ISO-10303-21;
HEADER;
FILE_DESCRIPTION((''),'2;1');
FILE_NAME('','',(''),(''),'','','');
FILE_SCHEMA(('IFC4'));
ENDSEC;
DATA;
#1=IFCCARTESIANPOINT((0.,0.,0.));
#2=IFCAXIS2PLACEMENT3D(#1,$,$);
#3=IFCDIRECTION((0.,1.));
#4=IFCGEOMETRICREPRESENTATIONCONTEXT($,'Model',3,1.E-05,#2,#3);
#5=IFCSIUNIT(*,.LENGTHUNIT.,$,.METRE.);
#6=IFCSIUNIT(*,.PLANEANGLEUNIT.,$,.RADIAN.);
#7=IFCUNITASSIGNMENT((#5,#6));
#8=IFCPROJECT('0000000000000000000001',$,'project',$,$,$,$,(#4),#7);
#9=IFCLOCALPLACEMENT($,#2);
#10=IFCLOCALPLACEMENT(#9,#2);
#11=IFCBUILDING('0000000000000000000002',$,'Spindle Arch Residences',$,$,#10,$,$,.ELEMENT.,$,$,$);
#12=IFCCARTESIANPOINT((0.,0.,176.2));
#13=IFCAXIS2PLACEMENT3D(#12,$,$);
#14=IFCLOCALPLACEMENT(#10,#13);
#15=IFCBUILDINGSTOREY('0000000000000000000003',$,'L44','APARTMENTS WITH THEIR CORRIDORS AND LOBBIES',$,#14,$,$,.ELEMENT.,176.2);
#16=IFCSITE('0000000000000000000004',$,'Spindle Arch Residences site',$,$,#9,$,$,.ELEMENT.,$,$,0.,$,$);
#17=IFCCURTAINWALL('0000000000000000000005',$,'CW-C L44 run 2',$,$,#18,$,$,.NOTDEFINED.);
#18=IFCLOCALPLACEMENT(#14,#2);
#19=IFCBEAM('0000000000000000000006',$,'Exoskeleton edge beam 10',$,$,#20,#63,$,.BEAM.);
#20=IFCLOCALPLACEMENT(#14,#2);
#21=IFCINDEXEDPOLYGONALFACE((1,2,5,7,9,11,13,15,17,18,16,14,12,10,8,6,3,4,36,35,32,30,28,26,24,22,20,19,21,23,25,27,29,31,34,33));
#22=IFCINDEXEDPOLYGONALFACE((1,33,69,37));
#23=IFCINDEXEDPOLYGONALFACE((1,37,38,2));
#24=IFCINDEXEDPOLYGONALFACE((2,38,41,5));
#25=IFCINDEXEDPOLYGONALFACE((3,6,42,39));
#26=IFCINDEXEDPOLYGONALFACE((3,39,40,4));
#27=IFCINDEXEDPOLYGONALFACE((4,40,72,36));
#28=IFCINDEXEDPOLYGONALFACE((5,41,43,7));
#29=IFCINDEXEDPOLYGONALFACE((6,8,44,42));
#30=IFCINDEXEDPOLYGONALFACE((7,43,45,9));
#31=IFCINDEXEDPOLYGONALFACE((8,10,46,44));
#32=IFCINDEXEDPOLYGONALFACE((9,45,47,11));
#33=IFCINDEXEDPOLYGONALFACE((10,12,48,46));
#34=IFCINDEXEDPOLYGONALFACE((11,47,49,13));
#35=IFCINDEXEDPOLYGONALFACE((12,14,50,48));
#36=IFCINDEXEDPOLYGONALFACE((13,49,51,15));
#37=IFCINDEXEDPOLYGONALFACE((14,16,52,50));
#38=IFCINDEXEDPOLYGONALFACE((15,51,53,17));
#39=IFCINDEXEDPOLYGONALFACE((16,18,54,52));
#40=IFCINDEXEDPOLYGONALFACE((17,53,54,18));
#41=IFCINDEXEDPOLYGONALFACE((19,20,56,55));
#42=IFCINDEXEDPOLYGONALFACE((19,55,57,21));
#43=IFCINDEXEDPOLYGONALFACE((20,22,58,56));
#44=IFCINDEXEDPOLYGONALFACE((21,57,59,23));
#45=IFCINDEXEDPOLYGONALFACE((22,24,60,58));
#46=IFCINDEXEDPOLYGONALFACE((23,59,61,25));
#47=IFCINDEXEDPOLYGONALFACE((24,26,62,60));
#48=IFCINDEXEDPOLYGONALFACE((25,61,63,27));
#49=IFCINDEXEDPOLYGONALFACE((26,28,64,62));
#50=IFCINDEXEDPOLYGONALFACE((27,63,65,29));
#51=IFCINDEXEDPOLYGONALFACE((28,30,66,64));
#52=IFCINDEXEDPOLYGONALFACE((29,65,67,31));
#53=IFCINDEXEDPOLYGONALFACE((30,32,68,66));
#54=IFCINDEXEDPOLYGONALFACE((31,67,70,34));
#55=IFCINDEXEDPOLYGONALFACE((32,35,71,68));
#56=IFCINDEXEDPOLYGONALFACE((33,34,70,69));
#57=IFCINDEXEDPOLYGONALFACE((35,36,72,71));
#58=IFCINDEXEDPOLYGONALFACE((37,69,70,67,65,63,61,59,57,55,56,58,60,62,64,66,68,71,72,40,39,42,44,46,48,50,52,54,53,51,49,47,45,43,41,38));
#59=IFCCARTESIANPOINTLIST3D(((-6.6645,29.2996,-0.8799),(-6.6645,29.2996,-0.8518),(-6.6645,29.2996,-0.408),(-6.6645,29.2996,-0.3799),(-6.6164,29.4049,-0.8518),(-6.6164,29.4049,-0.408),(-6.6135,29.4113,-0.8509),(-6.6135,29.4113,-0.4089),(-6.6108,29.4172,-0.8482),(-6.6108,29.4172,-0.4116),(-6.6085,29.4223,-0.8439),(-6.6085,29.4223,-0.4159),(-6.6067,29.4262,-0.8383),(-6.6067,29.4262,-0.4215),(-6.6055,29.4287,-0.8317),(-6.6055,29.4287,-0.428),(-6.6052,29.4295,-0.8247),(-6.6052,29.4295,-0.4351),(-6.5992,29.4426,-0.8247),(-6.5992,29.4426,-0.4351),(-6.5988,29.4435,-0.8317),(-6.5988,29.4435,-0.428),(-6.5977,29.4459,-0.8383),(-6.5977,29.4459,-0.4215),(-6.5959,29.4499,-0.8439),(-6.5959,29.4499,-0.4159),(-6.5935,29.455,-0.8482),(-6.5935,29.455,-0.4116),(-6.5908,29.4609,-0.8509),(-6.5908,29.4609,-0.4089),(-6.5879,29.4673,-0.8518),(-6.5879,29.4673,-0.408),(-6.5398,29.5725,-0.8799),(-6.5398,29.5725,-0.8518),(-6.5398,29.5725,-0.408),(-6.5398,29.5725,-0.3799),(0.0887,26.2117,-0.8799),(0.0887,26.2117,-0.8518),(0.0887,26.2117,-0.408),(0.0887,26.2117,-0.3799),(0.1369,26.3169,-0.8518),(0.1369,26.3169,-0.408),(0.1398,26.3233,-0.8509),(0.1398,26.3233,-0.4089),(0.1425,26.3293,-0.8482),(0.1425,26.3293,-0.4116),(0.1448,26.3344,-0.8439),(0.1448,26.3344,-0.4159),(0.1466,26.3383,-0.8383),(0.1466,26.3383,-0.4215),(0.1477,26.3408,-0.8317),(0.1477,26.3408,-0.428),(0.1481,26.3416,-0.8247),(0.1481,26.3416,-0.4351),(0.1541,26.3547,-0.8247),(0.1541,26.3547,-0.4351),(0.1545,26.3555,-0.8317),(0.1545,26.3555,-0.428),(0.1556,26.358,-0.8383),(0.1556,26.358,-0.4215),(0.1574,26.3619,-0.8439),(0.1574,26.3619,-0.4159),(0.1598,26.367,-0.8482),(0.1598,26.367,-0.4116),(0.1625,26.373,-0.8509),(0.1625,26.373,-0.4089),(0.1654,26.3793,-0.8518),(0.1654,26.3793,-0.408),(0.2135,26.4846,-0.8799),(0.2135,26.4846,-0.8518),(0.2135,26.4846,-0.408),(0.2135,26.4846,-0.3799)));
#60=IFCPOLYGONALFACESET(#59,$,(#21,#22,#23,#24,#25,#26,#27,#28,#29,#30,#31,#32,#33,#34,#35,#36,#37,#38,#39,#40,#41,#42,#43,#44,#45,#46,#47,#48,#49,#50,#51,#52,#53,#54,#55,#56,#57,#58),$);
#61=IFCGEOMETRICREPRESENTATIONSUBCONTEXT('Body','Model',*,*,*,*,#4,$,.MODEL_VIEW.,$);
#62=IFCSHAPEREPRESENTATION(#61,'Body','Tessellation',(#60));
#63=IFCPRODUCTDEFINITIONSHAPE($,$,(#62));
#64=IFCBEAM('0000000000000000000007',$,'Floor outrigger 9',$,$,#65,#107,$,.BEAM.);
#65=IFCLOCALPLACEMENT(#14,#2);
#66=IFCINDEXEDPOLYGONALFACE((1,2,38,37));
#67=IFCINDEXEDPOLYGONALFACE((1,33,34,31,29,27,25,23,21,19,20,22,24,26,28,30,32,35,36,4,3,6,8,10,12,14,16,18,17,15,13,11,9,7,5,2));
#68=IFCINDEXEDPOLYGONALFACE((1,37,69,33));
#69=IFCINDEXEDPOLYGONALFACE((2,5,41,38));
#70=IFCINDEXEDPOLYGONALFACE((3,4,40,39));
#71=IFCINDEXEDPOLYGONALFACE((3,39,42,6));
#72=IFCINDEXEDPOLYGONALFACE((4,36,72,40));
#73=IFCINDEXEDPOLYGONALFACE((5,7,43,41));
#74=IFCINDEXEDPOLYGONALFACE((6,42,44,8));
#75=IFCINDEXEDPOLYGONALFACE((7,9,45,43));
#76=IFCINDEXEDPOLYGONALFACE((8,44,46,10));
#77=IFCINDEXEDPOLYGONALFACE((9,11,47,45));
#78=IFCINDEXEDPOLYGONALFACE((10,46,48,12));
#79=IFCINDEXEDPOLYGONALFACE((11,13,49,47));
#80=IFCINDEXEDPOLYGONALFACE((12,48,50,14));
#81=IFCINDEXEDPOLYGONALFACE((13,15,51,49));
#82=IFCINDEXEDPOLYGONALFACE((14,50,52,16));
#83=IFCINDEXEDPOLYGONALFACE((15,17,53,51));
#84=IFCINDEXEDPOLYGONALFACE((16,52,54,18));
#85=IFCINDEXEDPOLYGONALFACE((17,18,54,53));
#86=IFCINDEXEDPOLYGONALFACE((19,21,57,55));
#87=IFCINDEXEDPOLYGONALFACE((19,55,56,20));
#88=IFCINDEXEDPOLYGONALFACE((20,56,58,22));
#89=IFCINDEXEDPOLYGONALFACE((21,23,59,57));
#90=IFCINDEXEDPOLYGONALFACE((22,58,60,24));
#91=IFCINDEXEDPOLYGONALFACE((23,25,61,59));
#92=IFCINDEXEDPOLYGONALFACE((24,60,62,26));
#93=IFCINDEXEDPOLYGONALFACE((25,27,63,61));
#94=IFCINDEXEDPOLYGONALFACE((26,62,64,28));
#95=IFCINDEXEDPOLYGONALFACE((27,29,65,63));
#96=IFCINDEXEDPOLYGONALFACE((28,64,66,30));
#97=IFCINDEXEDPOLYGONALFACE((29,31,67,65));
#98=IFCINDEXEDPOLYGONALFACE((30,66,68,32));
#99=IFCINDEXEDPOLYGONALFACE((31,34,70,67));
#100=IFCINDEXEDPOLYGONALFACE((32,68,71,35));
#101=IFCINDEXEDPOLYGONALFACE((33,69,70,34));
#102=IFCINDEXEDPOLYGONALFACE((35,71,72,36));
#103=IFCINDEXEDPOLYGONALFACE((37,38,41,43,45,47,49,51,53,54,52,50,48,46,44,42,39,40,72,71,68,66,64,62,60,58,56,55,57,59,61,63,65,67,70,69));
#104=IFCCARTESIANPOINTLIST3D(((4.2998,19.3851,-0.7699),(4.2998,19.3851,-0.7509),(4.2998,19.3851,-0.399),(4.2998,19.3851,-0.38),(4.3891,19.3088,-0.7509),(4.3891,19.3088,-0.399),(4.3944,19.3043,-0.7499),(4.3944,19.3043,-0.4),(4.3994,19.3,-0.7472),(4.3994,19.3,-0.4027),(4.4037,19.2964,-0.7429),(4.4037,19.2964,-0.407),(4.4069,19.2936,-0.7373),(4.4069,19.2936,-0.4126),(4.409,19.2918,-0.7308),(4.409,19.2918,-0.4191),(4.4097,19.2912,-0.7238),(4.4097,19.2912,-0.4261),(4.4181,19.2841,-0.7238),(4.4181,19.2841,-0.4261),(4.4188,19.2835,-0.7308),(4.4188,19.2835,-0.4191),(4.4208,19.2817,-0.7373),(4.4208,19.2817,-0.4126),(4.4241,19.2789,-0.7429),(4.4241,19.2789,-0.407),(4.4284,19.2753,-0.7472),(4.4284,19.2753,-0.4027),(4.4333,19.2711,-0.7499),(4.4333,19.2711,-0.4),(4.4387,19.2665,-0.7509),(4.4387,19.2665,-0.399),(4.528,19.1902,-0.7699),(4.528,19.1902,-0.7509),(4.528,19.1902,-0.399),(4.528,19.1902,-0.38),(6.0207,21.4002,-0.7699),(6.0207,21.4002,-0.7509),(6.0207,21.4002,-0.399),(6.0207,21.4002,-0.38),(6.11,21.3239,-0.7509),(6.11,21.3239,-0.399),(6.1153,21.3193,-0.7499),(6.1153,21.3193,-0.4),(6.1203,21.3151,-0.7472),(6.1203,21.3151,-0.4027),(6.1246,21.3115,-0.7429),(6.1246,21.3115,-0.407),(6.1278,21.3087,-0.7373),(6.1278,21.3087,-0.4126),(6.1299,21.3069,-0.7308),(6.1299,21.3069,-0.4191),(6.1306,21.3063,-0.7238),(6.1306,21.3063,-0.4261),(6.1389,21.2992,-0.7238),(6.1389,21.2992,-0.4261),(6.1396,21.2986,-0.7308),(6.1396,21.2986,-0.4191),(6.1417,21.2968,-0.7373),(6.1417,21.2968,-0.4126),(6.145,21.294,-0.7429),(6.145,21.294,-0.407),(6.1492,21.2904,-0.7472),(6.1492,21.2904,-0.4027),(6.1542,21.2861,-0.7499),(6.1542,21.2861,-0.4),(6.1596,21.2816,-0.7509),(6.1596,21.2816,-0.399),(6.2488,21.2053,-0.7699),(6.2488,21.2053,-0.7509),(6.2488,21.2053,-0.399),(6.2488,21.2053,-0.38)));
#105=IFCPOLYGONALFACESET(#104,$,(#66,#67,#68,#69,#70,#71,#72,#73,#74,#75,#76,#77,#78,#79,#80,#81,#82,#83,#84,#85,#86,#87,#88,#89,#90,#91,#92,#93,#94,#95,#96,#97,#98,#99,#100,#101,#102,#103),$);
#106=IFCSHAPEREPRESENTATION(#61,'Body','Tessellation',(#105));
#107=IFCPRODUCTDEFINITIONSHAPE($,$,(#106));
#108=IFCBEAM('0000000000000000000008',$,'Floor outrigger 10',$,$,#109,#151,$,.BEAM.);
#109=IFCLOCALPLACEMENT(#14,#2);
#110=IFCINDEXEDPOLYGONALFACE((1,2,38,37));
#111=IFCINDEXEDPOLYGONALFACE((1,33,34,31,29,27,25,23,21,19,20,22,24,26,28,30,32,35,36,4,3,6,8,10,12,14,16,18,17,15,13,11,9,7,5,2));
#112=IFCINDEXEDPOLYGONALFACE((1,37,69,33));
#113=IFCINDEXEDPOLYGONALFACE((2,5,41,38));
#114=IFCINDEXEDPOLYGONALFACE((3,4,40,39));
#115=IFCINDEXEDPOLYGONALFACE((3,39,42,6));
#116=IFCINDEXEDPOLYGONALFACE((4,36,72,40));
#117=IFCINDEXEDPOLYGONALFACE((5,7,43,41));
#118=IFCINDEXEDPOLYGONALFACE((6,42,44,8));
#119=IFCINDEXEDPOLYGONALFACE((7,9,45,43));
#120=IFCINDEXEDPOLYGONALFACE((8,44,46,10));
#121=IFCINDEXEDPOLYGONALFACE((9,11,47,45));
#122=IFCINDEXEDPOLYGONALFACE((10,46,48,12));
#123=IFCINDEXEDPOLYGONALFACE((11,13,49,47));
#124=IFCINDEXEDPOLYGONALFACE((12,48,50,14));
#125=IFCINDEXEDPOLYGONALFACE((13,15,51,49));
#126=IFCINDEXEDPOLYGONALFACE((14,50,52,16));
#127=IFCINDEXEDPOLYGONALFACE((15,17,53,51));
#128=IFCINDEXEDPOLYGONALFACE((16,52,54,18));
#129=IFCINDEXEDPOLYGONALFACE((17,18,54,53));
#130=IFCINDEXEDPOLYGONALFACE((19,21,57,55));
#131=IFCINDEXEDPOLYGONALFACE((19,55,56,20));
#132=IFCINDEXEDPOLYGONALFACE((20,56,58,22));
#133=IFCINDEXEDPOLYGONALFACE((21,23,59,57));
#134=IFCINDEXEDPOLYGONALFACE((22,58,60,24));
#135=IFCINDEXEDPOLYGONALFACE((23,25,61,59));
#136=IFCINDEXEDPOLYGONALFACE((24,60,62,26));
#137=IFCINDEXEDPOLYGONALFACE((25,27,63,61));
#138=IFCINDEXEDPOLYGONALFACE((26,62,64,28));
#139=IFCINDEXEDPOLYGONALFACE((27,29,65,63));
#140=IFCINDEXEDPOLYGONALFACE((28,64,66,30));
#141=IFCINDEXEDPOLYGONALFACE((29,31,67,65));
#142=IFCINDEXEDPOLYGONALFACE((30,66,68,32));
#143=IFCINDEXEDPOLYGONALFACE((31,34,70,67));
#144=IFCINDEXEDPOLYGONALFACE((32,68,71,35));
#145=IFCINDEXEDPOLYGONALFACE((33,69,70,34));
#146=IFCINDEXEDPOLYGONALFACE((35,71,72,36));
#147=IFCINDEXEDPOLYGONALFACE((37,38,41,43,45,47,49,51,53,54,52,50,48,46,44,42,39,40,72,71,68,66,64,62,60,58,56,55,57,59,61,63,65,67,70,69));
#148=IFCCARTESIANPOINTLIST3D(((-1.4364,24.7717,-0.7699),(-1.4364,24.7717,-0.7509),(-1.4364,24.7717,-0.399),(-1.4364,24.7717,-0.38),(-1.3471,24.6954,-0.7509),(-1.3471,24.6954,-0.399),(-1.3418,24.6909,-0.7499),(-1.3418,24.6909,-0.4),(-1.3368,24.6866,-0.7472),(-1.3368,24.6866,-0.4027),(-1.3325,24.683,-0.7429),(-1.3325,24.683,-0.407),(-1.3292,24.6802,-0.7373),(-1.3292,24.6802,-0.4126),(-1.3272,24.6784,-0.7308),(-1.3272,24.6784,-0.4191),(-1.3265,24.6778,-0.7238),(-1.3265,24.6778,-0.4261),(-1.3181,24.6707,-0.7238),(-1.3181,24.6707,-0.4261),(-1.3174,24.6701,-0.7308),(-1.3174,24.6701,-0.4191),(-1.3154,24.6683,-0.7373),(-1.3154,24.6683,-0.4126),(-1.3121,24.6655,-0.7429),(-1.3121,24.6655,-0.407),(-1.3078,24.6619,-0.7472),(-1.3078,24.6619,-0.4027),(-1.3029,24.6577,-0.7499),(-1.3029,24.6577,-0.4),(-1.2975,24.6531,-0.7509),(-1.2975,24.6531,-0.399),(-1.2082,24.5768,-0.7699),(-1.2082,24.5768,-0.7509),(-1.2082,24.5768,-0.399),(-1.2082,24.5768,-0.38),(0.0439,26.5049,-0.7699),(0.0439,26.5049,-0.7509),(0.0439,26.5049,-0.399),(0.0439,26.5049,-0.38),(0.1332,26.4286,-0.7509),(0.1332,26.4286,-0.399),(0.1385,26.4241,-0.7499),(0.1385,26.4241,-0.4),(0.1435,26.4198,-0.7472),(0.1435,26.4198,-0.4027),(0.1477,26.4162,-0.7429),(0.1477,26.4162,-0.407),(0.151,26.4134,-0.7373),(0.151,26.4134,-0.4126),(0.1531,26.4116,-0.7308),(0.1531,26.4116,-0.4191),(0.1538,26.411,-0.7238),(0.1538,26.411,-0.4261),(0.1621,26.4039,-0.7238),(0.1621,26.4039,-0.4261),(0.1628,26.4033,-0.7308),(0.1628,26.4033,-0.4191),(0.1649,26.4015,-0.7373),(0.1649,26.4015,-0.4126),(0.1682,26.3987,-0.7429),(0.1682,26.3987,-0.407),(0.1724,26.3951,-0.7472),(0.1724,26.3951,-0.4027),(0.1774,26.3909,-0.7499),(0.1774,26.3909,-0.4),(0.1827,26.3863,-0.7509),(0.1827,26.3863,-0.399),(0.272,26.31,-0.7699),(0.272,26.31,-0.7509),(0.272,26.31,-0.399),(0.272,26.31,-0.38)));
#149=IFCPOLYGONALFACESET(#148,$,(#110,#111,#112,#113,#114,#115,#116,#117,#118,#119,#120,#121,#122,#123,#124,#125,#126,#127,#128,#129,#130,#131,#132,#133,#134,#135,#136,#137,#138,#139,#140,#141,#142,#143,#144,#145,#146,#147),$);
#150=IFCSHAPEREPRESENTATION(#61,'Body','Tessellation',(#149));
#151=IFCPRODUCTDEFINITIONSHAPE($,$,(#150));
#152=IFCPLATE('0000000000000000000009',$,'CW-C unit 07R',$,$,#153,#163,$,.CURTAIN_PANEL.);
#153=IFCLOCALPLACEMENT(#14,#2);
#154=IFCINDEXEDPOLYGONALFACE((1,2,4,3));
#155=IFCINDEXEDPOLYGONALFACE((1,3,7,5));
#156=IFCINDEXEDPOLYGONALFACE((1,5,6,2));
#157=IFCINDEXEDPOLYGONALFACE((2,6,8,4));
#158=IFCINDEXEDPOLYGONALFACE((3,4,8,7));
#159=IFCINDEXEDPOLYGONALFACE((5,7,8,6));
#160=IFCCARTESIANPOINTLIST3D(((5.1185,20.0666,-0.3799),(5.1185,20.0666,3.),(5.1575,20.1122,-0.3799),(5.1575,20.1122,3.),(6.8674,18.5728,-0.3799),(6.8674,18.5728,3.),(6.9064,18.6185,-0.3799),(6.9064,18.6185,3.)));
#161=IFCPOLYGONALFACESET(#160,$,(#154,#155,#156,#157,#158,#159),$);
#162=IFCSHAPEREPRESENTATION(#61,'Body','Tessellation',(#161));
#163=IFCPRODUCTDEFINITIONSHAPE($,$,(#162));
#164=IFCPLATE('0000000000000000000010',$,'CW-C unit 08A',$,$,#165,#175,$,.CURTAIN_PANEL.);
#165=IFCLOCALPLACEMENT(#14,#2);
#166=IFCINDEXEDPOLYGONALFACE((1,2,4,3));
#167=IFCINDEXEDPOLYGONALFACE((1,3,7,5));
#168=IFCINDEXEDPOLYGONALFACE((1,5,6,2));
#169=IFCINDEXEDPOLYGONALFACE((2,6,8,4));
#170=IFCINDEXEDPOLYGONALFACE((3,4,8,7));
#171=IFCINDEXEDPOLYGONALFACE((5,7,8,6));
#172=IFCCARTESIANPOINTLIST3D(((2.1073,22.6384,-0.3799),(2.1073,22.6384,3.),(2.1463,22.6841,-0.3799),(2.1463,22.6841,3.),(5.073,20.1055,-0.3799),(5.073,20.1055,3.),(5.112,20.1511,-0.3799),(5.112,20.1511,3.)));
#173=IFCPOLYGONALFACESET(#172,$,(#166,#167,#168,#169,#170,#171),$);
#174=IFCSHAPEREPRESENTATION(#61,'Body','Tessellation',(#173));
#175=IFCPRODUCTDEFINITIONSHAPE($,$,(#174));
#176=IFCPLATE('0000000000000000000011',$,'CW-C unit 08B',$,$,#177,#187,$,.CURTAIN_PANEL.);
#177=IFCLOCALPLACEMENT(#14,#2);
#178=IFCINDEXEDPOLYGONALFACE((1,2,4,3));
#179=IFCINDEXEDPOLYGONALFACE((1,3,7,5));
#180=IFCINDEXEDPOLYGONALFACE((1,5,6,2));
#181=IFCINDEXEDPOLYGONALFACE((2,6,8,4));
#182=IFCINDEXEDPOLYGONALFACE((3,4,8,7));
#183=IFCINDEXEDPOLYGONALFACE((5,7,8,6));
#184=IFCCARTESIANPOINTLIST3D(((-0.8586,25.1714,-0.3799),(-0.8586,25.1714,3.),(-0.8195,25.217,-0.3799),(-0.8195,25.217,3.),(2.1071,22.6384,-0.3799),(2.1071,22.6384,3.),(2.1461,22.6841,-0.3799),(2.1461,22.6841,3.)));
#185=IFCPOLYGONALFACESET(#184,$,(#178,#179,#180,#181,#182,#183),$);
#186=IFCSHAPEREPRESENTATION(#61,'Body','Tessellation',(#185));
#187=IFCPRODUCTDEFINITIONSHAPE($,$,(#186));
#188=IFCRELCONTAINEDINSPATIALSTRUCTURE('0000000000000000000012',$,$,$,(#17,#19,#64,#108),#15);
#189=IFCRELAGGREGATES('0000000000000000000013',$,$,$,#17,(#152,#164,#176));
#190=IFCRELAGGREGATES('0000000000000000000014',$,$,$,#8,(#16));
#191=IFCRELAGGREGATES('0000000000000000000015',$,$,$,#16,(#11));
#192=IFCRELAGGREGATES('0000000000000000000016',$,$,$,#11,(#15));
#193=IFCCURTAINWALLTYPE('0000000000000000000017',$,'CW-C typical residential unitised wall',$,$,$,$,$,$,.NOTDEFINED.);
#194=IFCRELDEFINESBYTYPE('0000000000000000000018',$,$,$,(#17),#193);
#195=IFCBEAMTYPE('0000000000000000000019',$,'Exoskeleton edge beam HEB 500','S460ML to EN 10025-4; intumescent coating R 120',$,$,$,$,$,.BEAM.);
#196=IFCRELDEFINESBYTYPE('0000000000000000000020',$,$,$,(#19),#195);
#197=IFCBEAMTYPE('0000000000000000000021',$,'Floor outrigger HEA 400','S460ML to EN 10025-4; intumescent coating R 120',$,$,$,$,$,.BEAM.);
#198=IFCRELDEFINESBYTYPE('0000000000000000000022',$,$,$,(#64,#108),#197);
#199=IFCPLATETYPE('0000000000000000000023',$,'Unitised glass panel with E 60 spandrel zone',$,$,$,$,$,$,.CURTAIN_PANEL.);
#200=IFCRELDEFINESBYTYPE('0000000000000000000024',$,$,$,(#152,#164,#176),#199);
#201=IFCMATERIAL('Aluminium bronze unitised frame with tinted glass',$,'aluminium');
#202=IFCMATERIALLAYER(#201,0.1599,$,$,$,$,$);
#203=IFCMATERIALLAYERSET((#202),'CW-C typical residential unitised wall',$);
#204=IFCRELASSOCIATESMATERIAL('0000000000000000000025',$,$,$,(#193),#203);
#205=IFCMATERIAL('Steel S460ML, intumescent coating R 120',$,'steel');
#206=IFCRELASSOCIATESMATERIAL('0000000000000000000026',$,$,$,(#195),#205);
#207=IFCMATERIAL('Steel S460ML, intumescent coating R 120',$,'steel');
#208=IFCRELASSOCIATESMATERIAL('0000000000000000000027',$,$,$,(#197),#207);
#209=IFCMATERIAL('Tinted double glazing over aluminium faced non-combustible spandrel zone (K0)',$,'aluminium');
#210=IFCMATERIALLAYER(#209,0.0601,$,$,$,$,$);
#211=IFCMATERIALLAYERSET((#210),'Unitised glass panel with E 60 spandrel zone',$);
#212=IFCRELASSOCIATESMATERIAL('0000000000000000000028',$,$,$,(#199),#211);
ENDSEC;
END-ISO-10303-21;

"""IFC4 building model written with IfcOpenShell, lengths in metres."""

from ifc_helpers import new_model, si_unit, direction, frame, origin, origin_2d, place, context, subcontext, project, spatial, rectangle, i_section, extrude, material, layer, layer_set, material_profile, profile_set, type_object, element, aggregate, save


model = new_model("IFC4")

# Units and contexts
model_context = context("Model", 3, precision=1e-05, world=origin(), true_north=direction((0.0, 1.0)))
body_context = subcontext(model_context, "Body", "Model", "MODEL_VIEW")
ifc_project = project(units=[si_unit("LENGTHUNIT", "METRE"), si_unit("PLANEANGLEUNIT", "RADIAN")], contexts=[model_context])

# Site, building, storey
site_placement = place(None, origin())
site = spatial("IfcSite", under=ifc_project, at=site_placement, Name="Spindle Arch Residences site", CompositionType="ELEMENT", RefElevation=0.0)
building_placement = place(site_placement, origin())
building = spatial("IfcBuilding", under=site, at=building_placement, Name="Spindle Arch Residences", CompositionType="ELEMENT")
storey_placement = place(building_placement, frame((0.0, 0.0, 176.2)))
storey = spatial("IfcBuildingStorey", under=building, at=storey_placement, Name="L44", Description="APARTMENTS WITH THEIR CORRIDORS AND LOBBIES", CompositionType="ELEMENT", Elevation=176.2)

# Curtain wall
ifc_material_1 = material(Name="Aluminium bronze unitised frame with tinted glass", Category="aluminium")
ifc_layer_1 = layer(ifc_material_1, 0.1599)
ifc_layer_set_1 = layer_set([ifc_layer_1], Name="CW-C typical residential unitised wall")
curtain_wall_type_1 = type_object("IfcCurtainWallType", Name="CW-C typical residential unitised wall", PredefinedType="NOTDEFINED", material=ifc_layer_set_1)
curtain_wall_1_placement = place(storey_placement, origin())
curtain_wall_1 = element("IfcCurtainWall", 1, at=curtain_wall_1_placement, inside=storey, type_object=curtain_wall_type_1, Name="CW-C L44 run 2", PredefinedType="NOTDEFINED")

# Beams
ifc_material_2 = material(Name="Steel S460ML, intumescent coating R 120", Category="steel")
ifc_material_profile_1 = material_profile(ifc_material_2, i_section(OverallWidth=0.3, OverallDepth=0.5, WebThickness=0.0144, FlangeThickness=0.0281, FilletRadius=0.0271, at=origin_2d()), Name="HEB 500")
ifc_profile_set_1 = profile_set([ifc_material_profile_1], Name="Steel S460ML, intumescent coating R 120")
beam_type_1 = type_object("IfcBeamType", Name="Exoskeleton edge beam HEB 500", Description="S460ML to EN 10025-4; intumescent coating R 120", PredefinedType="BEAM", material=ifc_profile_set_1)
beam_1_placement = place(storey_placement, frame((0.1511, 26.3481, -0.6299), z_axis=(-0.909438, 0.415841, 0.0), x_axis=(-0.415841, -0.909438, 0.0)))
element("IfcBeam", 2, at=beam_1_placement, inside=storey, type_object=beam_type_1, Name="Exoskeleton edge beam 10", PredefinedType="BEAM", context=body_context, shape_type="SweptSolid", body=[
    extrude(i_section(OverallWidth=0.3, OverallDepth=0.5, WebThickness=0.0144, FlangeThickness=0.0281, FilletRadius=0.0271, at=origin_2d()), origin(), (0.0, 0.0, 1.0), 7.4258),
])
ifc_material_3 = material(Name="Steel S460ML, intumescent coating R 120", Category="steel")
ifc_material_profile_2 = material_profile(ifc_material_3, i_section(OverallWidth=0.3, OverallDepth=0.3899, WebThickness=0.011, FlangeThickness=0.019, FilletRadius=0.0271, at=origin_2d()), Name="HEA 400")
ifc_profile_set_2 = profile_set([ifc_material_profile_2], Name="Steel S460ML, intumescent coating R 120")
beam_type_2 = type_object("IfcBeamType", Name="Floor outrigger HEA 400", Description="S460ML to EN 10025-4; intumescent coating R 120", PredefinedType="BEAM", material=ifc_profile_set_2)
beam_2_placement = place(storey_placement, frame((6.1348, 21.3027, -0.575), z_axis=(-0.649417, -0.760432, 0.0), x_axis=(0.760432, -0.649417, 0.0)))
element("IfcBeam", 3, at=beam_2_placement, inside=storey, type_object=beam_type_2, Name="Floor outrigger 9", PredefinedType="BEAM", context=body_context, shape_type="SweptSolid", body=[
    extrude(i_section(OverallWidth=0.3, OverallDepth=0.3899, WebThickness=0.011, FlangeThickness=0.019, FilletRadius=0.0271, at=origin_2d()), origin(), (0.0, 0.0, 1.0), 2.6499),
])
beam_3_placement = place(storey_placement, frame((0.158, 26.4075, -0.575), z_axis=(-0.649441, -0.760412, 0.0), x_axis=(0.760412, -0.649441, 0.0)))
element("IfcBeam", 4, at=beam_3_placement, inside=storey, type_object=beam_type_2, Name="Floor outrigger 10", PredefinedType="BEAM", context=body_context, shape_type="SweptSolid", body=[
    extrude(i_section(OverallWidth=0.3, OverallDepth=0.3899, WebThickness=0.011, FlangeThickness=0.019, FilletRadius=0.0271, at=origin_2d()), origin(), (0.0, 0.0, 1.0), 2.2793),
])

# Plates
ifc_material_4 = material(Name="Tinted double glazing over aluminium faced non-combustible spandrel zone (K0)", Category="aluminium")
ifc_layer_2 = layer(ifc_material_4, 0.0601)
ifc_layer_set_2 = layer_set([ifc_layer_2], Name="Unitised glass panel with E 60 spandrel zone")
plate_type = type_object("IfcPlateType", Name="Unitised glass panel with E 60 spandrel zone", PredefinedType="CURTAIN_PANEL", material=ifc_layer_set_2)
plate_1_placement = place(storey_placement, frame((6.0125, 19.3425, -0.3799), z_axis=(0.0, 0.0, 1.0), x_axis=(-0.760406, 0.649448, 0.0)))
plate_1 = element("IfcPlate", 5, at=plate_1_placement, type_object=plate_type, Name="CW-C unit 07R", PredefinedType="CURTAIN_PANEL", context=body_context, shape_type="SweptSolid", body=[
    extrude(rectangle(XDim=2.3, YDim=0.0601, at=origin_2d()), origin(), (0.0, 0.0, 1.0), 3.3799),
])
plate_2_placement = place(storey_placement, frame((3.6096, 21.3948, -0.3799), z_axis=(0.0, 0.0, 1.0), x_axis=(-0.760406, 0.649448, 0.0)))
plate_2 = element("IfcPlate", 6, at=plate_2_placement, type_object=plate_type, Name="CW-C unit 08A", PredefinedType="CURTAIN_PANEL", context=body_context, shape_type="SweptSolid", body=[
    extrude(rectangle(XDim=3.9001, YDim=0.0601, at=origin_2d()), origin(), (0.0, 0.0, 1.0), 3.3799),
])
plate_3_placement = place(storey_placement, frame((0.6438, 23.9277, -0.3799), z_axis=(0.0, 0.0, 1.0), x_axis=(-0.760406, 0.649448, 0.0)))
plate_3 = element("IfcPlate", 7, at=plate_3_placement, type_object=plate_type, Name="CW-C unit 08B", PredefinedType="CURTAIN_PANEL", context=body_context, shape_type="SweptSolid", body=[
    extrude(rectangle(XDim=3.9001, YDim=0.0601, at=origin_2d()), origin(), (0.0, 0.0, 1.0), 3.3799),
])
aggregate(curtain_wall_1, [plate_1, plate_2, plate_3])

save(model, "model.ifc")
